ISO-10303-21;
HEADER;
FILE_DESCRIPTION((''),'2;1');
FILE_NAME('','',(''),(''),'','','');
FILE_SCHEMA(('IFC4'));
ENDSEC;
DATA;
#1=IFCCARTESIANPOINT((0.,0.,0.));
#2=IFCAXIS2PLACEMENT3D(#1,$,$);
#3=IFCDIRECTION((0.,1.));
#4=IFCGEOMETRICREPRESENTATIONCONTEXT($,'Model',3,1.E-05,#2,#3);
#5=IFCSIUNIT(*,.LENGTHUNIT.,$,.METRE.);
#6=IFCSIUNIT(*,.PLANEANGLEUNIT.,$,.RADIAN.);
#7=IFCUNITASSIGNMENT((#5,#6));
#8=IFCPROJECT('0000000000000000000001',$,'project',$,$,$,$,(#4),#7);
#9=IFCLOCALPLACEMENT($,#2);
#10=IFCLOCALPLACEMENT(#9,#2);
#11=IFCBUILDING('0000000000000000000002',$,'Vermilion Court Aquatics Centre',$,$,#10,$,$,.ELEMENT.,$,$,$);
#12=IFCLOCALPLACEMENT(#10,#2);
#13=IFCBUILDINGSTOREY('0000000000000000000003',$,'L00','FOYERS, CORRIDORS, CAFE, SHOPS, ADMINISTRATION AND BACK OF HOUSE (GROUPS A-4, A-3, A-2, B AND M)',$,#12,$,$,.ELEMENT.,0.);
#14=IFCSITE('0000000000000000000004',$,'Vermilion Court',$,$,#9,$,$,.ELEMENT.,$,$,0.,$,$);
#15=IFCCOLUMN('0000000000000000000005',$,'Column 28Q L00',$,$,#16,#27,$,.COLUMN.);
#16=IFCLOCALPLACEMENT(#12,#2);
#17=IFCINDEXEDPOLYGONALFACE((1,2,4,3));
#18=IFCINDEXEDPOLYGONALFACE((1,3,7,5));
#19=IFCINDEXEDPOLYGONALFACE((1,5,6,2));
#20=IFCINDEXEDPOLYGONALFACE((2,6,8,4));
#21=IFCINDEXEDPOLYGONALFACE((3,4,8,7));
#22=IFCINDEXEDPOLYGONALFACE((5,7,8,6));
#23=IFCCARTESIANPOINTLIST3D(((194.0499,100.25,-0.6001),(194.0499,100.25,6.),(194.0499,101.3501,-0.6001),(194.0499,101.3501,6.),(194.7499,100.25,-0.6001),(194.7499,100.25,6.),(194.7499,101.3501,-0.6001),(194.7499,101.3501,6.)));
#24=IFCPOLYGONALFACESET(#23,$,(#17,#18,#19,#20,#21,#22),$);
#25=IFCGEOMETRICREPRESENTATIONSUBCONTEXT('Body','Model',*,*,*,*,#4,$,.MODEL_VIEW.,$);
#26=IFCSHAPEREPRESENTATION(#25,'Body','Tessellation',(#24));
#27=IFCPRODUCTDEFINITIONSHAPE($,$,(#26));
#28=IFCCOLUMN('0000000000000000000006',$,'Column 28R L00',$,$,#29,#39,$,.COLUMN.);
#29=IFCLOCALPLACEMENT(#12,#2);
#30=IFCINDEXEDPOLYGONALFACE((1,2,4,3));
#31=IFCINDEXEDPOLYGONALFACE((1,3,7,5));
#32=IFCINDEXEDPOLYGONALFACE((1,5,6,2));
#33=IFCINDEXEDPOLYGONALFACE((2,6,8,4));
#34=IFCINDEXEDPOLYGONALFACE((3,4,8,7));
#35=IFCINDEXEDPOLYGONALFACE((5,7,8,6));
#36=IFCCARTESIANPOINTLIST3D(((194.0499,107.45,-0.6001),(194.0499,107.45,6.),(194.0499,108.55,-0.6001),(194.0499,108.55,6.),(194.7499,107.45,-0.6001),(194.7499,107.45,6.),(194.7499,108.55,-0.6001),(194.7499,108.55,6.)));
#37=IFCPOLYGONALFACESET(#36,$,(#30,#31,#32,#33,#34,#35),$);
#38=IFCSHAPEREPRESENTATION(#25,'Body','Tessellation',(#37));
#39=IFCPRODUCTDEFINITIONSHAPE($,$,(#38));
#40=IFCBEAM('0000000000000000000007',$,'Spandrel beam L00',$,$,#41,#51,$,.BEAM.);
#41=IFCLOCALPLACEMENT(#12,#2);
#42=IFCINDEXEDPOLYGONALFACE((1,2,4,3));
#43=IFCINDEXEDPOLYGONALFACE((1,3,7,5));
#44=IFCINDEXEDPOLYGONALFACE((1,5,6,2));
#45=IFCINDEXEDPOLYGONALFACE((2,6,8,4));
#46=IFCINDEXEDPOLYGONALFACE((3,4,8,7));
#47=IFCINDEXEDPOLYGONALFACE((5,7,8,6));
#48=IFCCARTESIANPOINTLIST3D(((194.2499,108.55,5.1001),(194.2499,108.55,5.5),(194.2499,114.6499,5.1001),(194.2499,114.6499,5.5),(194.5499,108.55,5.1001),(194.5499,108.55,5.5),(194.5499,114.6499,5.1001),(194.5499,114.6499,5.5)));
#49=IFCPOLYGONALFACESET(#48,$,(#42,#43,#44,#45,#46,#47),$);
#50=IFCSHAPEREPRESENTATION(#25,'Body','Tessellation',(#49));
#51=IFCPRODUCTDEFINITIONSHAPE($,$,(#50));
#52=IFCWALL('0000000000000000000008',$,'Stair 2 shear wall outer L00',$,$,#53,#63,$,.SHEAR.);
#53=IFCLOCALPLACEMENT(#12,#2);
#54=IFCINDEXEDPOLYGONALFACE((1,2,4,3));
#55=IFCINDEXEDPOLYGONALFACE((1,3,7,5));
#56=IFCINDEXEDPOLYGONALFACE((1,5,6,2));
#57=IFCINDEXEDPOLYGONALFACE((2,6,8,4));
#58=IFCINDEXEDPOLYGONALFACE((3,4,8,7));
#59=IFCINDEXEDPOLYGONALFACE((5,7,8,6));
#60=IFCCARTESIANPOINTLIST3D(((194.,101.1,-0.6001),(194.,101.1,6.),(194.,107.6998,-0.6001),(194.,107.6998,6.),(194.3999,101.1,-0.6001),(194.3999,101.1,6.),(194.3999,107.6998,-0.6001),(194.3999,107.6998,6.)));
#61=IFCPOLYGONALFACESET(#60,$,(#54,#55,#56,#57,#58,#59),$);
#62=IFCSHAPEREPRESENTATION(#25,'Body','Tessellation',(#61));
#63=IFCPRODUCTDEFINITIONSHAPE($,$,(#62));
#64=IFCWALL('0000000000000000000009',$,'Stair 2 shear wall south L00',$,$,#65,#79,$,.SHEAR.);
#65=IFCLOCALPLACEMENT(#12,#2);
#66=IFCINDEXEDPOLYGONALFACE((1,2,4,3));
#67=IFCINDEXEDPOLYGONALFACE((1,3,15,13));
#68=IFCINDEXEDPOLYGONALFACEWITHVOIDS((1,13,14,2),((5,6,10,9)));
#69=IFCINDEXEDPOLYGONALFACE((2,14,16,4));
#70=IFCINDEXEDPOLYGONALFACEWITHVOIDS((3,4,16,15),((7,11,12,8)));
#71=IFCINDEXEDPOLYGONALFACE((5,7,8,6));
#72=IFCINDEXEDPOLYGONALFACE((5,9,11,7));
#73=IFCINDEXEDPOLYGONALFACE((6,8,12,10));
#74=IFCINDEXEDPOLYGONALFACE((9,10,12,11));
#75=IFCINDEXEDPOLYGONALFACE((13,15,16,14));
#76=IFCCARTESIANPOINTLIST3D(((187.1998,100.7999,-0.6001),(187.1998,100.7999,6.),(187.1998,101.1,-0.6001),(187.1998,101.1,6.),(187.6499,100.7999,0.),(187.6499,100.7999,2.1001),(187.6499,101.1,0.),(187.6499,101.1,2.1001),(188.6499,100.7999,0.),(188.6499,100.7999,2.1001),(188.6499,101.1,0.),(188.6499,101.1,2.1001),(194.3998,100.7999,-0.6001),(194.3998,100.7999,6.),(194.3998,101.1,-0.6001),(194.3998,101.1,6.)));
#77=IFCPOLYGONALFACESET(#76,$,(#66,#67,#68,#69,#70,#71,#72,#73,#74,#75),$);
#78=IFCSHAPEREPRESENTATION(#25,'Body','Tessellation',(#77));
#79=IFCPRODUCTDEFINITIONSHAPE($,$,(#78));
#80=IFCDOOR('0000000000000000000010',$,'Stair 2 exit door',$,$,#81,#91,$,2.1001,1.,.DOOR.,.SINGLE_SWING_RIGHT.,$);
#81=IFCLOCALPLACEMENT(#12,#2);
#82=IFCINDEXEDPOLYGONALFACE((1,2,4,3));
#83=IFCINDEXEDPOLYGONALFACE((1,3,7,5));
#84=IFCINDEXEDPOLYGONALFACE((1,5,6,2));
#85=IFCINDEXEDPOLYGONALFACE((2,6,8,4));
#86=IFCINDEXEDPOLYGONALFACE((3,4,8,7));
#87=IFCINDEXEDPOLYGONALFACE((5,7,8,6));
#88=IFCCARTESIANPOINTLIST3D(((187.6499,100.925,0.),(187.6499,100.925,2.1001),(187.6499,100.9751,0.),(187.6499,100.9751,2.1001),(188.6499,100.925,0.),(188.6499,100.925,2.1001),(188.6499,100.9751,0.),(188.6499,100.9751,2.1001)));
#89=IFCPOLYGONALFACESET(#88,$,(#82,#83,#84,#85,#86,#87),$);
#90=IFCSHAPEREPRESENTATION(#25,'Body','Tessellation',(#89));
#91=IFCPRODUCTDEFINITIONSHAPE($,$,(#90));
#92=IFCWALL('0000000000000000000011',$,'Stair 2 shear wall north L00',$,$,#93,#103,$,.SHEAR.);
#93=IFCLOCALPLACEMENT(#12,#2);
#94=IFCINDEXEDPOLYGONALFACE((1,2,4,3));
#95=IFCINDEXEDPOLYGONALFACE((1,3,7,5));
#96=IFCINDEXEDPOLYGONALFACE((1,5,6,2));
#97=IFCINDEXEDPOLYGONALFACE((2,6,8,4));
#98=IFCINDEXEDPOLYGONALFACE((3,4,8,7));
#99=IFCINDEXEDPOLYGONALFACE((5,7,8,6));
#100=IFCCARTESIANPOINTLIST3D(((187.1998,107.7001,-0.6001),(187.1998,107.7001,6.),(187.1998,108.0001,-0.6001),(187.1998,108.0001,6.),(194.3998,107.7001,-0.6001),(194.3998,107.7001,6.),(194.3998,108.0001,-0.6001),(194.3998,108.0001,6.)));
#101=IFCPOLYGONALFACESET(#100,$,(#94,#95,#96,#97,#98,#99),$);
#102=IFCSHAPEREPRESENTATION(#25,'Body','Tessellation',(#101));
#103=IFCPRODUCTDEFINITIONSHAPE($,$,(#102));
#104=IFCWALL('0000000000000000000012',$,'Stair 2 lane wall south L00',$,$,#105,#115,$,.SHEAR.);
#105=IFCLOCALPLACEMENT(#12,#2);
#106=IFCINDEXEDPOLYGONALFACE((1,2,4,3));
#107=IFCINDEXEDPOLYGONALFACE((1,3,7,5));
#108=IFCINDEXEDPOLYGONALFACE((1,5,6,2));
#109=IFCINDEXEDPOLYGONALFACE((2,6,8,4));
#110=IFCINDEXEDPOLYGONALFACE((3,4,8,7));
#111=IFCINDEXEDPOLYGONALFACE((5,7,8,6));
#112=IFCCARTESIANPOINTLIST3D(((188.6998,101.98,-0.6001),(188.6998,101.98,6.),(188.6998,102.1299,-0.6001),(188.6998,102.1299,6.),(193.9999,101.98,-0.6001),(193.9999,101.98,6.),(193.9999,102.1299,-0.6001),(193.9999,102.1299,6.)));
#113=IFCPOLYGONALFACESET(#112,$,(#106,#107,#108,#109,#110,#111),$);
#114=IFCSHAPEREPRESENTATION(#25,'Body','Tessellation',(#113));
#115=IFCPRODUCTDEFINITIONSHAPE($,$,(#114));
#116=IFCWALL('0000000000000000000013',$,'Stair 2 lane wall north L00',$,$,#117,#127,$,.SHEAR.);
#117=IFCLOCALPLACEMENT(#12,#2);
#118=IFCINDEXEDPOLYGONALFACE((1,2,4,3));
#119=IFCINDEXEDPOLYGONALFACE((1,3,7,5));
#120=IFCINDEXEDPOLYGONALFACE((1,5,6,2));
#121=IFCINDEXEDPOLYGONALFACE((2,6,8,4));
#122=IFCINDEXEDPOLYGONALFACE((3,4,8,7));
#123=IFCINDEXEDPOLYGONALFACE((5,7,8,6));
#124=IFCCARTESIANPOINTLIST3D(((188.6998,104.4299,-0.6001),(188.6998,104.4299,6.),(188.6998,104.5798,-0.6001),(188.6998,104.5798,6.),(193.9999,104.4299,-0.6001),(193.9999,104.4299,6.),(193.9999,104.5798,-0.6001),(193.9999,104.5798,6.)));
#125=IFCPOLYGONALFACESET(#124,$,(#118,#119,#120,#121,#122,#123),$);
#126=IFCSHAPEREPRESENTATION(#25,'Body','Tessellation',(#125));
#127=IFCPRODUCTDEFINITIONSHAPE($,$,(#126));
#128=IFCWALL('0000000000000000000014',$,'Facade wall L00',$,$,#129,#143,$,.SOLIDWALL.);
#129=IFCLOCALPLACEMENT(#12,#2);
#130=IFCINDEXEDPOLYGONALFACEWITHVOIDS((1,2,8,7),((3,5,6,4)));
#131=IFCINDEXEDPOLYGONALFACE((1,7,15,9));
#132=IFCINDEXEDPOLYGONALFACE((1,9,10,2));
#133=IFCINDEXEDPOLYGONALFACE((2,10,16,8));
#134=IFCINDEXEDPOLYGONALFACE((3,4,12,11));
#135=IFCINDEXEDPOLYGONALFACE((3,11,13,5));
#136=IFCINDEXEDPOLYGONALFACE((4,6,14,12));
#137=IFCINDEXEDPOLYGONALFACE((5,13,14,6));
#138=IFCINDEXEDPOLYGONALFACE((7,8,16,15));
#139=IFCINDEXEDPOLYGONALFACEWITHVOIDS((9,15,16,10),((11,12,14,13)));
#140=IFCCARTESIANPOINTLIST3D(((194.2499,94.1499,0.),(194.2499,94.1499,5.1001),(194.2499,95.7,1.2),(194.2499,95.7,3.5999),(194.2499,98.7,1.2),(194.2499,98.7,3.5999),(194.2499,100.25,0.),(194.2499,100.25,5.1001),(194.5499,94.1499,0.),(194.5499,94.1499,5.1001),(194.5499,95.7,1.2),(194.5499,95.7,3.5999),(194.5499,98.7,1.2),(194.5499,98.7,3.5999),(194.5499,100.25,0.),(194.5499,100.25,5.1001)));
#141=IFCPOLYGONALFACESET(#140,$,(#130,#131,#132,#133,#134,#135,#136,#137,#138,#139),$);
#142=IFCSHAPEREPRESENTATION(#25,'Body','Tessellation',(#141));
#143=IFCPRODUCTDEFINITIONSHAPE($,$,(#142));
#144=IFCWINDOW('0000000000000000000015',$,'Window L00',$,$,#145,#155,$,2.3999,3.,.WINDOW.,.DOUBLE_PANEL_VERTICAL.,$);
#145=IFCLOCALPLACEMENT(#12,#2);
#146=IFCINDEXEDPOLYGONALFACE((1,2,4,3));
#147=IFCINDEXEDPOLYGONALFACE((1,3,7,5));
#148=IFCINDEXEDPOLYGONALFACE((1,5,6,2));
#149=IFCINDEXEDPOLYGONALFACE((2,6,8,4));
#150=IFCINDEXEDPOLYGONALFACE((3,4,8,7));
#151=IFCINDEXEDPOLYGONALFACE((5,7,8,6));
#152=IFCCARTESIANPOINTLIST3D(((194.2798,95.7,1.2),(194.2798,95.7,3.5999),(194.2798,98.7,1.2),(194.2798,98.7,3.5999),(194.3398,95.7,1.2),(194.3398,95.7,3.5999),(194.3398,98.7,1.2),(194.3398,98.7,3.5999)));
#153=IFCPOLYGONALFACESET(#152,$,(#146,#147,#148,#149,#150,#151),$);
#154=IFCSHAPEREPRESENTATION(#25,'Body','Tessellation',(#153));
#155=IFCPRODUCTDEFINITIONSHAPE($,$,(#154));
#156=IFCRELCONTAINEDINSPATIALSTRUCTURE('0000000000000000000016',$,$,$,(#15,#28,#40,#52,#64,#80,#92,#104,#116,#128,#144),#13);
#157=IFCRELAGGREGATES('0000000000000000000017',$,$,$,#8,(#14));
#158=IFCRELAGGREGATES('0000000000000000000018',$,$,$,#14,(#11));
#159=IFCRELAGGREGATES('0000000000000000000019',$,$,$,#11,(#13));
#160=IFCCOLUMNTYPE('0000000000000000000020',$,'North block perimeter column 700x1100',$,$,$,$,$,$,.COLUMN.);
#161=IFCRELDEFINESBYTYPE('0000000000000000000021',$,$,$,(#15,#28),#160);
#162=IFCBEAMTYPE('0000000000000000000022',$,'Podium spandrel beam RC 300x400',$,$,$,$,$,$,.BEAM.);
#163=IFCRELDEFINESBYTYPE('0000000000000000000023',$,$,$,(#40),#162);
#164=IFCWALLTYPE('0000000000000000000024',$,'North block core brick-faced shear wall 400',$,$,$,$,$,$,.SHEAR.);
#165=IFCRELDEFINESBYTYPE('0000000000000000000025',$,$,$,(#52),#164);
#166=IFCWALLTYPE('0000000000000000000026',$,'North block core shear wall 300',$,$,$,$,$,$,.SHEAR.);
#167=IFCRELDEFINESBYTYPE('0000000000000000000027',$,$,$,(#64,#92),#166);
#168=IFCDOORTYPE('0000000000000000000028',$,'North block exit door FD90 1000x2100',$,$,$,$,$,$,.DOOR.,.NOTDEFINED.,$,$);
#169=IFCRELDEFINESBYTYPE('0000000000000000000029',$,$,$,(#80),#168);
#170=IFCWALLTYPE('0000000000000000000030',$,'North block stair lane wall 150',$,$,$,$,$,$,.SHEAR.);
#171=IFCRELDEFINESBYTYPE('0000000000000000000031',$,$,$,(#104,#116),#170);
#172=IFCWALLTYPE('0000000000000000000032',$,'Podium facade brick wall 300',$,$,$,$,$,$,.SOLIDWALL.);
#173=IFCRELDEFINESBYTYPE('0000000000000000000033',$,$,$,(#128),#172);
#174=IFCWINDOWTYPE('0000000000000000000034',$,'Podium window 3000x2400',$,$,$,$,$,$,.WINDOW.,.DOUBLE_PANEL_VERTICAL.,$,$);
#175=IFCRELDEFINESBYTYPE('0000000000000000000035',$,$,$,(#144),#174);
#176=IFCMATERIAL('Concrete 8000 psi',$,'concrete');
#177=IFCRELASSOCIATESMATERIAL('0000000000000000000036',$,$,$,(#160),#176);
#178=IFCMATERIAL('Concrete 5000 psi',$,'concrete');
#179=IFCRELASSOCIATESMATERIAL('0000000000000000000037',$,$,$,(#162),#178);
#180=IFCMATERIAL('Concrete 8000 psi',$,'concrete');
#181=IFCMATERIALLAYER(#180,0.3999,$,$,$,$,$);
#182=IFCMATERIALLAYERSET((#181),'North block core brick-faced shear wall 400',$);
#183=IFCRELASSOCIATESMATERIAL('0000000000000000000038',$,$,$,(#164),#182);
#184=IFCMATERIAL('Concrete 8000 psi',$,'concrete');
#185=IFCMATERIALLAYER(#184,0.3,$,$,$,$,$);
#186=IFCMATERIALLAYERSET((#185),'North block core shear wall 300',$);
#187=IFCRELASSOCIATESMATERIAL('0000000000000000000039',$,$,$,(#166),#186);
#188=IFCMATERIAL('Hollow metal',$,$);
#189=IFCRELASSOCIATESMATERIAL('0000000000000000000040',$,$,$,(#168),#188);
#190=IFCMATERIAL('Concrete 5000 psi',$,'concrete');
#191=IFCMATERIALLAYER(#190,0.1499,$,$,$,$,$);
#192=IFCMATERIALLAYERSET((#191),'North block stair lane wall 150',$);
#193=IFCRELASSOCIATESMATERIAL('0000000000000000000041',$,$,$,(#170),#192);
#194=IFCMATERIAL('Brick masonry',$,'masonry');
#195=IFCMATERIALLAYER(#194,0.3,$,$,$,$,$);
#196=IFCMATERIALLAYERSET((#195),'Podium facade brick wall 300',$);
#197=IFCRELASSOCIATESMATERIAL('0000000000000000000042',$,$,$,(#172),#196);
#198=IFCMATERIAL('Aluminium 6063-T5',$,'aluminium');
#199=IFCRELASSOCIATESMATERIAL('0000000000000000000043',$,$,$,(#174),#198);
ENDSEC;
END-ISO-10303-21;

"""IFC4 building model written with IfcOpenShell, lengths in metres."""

from ifc_helpers import new_model, si_unit, direction, frame, frame_2d, origin, origin_2d, place, context, subcontext, project, spatial, rectangle, extrude, material, layer, layer_set, material_profile, profile_set, type_object, element, fill, save


model = new_model("IFC4")

# Units and contexts
model_context = context("Model", 3, precision=1e-05, world=origin(), true_north=direction((0.0, 1.0)))
body_context = subcontext(model_context, "Body", "Model", "MODEL_VIEW")
ifc_project = project(units=[si_unit("LENGTHUNIT", "METRE"), si_unit("PLANEANGLEUNIT", "RADIAN")], contexts=[model_context])

# Site, building, storey
site_placement = place(None, origin())
site = spatial("IfcSite", under=ifc_project, at=site_placement, Name="Vermilion Court", CompositionType="ELEMENT", RefElevation=0.0)
building_placement = place(site_placement, origin())
building = spatial("IfcBuilding", under=site, at=building_placement, Name="Vermilion Court Aquatics Centre", CompositionType="ELEMENT")
storey_placement = place(building_placement, origin())
storey = spatial("IfcBuildingStorey", under=building, at=storey_placement, Name="L00", Description="FOYERS, CORRIDORS, CAFE, SHOPS, ADMINISTRATION AND BACK OF HOUSE (GROUPS A-4, A-3, A-2, B AND M)", CompositionType="ELEMENT", Elevation=0.0)

# Columns
ifc_material_1 = material(Name="Concrete 8000 psi", Category="concrete")
ifc_material_profile_1 = material_profile(ifc_material_1, rectangle(XDim=0.7, YDim=1.1001, at=origin_2d()), Name="RC 700x1100")
ifc_profile_set_1 = profile_set([ifc_material_profile_1], Name="Concrete 8000 psi")
column_type = type_object("IfcColumnType", Name="North block perimeter column 700x1100", PredefinedType="COLUMN", material=ifc_profile_set_1)
for number, where, z_axis, x_axis, name in (
    (1, (194.3999, 100.8, -0.6001), (0.0, 0.0, 1.0), (1.0, 0.0, 0.0), "Column 28Q L00"),
    (2, (194.3999, 108.0, -0.6001), (0.0, 0.0, 1.0), (1.0, 0.0, 0.0), "Column 28R L00"),
):
    element("IfcColumn", number, at=place(storey_placement, frame(where, z_axis=z_axis, x_axis=x_axis)), inside=storey, type_object=column_type, Name=name, PredefinedType="COLUMN", context=body_context, shape_type="SweptSolid", body=[
        extrude(rectangle(XDim=0.7, YDim=1.1001, at=origin_2d()), origin(), (0.0, 0.0, 1.0), 6.6001),
    ])

# Beam
ifc_material_2 = material(Name="Concrete 5000 psi", Category="concrete")
ifc_material_profile_2 = material_profile(ifc_material_2, rectangle(XDim=0.3, YDim=0.3999, at=origin_2d()), Name="RC 300x400")
ifc_profile_set_2 = profile_set([ifc_material_profile_2], Name="Concrete 5000 psi")
beam_type = type_object("IfcBeamType", Name="Podium spandrel beam RC 300x400", PredefinedType="BEAM", material=ifc_profile_set_2)
beam_placement = place(storey_placement, frame((194.3999, 108.55, 5.3), z_axis=(0.0, 1.0, 0.0), x_axis=(-1.0, 0.0, 0.0)))
element("IfcBeam", 3, at=beam_placement, inside=storey, type_object=beam_type, Name="Spandrel beam L00", PredefinedType="BEAM", context=body_context, shape_type="SweptSolid", body=[
    extrude(rectangle(XDim=0.3, YDim=0.3999, at=origin_2d()), origin(), (0.0, 0.0, 1.0), 6.0999),
])

# Wall
ifc_material_3 = material(Name="Concrete 8000 psi", Category="concrete")
ifc_layer_1 = layer(ifc_material_3, 0.3999)
ifc_layer_set_1 = layer_set([ifc_layer_1], Name="North block core brick-faced shear wall 400")
wall_type_1 = type_object("IfcWallType", Name="North block core brick-faced shear wall 400", PredefinedType="SHEAR", material=ifc_layer_set_1)
wall_1_placement = place(storey_placement, frame((194.2, 101.1001, -0.6001), z_axis=(0.0, 0.0, 1.0), x_axis=(0.0, 1.0, 0.0)))
element("IfcWall", 4, at=wall_1_placement, inside=storey, type_object=wall_type_1, Name="Stair 2 shear wall outer L00", PredefinedType="SHEAR", context=body_context, shape_type="SweptSolid", body=[
    extrude(rectangle(XDim=6.5999, YDim=0.3999, at=frame_2d((3.2998, 0.0))), origin(), (0.0, 0.0, 1.0), 6.6001),
])

# Wall, opening, door
ifc_material_4 = material(Name="Concrete 8000 psi", Category="concrete")
ifc_layer_2 = layer(ifc_material_4, 0.3)
ifc_layer_set_2 = layer_set([ifc_layer_2], Name="North block core shear wall 300")
wall_type_2 = type_object("IfcWallType", Name="North block core shear wall 300", PredefinedType="SHEAR", material=ifc_layer_set_2)
wall_2_placement = place(storey_placement, frame((194.3999, 100.95, -0.6001), z_axis=(0.0, 0.0, 1.0), x_axis=(-1.0, 0.0, 0.0)))
wall_2 = element("IfcWall", 5, at=wall_2_placement, inside=storey, type_object=wall_type_2, Name="Stair 2 shear wall south L00", PredefinedType="SHEAR", context=body_context, shape_type="SweptSolid", body=[
    extrude(rectangle(XDim=7.2, YDim=0.3, at=frame_2d((3.6001, 0.0))), origin(), (0.0, 0.0, 1.0), 6.6001),
])
opening_1_placement = place(wall_2_placement, frame((5.75, 0.0, 0.6001)))
opening_1 = element("IfcOpeningElement", 6, at=opening_1_placement, cuts=wall_2, PredefinedType="OPENING", context=body_context, shape_type="SweptSolid", body=[
    extrude(rectangle(XDim=1.0, YDim=2.1001, at=frame_2d((0.5, 1.05))), frame((0.0, 0.1599, 0.0), z_axis=(0.0, -1.0, 0.0), x_axis=(1.0, 0.0, 0.0)), (0.0, 0.0, 1.0), 0.3201),
])
ifc_material_5 = material(Name="Hollow metal")
door_type = type_object("IfcDoorType", Name="North block exit door FD90 1000x2100", OperationType="NOTDEFINED", PredefinedType="DOOR", material=ifc_material_5)
door_placement = place(opening_1_placement, origin())
door = element("IfcDoor", 7, at=door_placement, inside=storey, type_object=door_type, Name="Stair 2 exit door", OperationType="SINGLE_SWING_RIGHT", OverallHeight=2.1001, OverallWidth=1.0, PredefinedType="DOOR", context=body_context, shape_type="SweptSolid", body=[
    extrude(rectangle(XDim=1.0, YDim=2.1001, at=frame_2d((0.5, 1.05))), frame((0.0, 0.0249, 0.0), z_axis=(0.0, -1.0, 0.0), x_axis=(1.0, 0.0, 0.0)), (0.0, 0.0, 1.0), 0.05),
])
fill(opening_1, door)

# Walls
wall_3_placement = place(storey_placement, frame((194.3999, 107.8501, -0.6001), z_axis=(0.0, 0.0, 1.0), x_axis=(-1.0, 0.0, 0.0)))
element("IfcWall", 8, at=wall_3_placement, inside=storey, type_object=wall_type_2, Name="Stair 2 shear wall north L00", PredefinedType="SHEAR", context=body_context, shape_type="SweptSolid", body=[
    extrude(rectangle(XDim=7.2, YDim=0.3, at=frame_2d((3.6001, 0.0))), origin(), (0.0, 0.0, 1.0), 6.6001),
])
ifc_material_6 = material(Name="Concrete 5000 psi", Category="concrete")
ifc_layer_3 = layer(ifc_material_6, 0.1499)
ifc_layer_set_3 = layer_set([ifc_layer_3], Name="North block stair lane wall 150")
wall_type_3 = type_object("IfcWallType", Name="North block stair lane wall 150", PredefinedType="SHEAR", material=ifc_layer_set_3)
for number, where, z_axis, x_axis, name in (
    (9, (188.7, 102.0549, -0.6001), (0.0, 0.0, 1.0), (1.0, 0.0, 0.0), "Stair 2 lane wall south L00"),
    (10, (188.7, 104.5049, -0.6001), (0.0, 0.0, 1.0), (1.0, 0.0, 0.0), "Stair 2 lane wall north L00"),
):
    element("IfcWall", number, at=place(storey_placement, frame(where, z_axis=z_axis, x_axis=x_axis)), inside=storey, type_object=wall_type_3, Name=name, PredefinedType="SHEAR", context=body_context, shape_type="SweptSolid", body=[
        extrude(rectangle(XDim=5.3, YDim=0.1499, at=frame_2d((2.6499, 0.0))), origin(), (0.0, 0.0, 1.0), 6.6001),
    ])

# Wall, opening, window
ifc_material_7 = material(Name="Brick masonry", Category="masonry")
ifc_layer_4 = layer(ifc_material_7, 0.3)
ifc_layer_set_4 = layer_set([ifc_layer_4], Name="Podium facade brick wall 300")
wall_type_4 = type_object("IfcWallType", Name="Podium facade brick wall 300", PredefinedType="SOLIDWALL", material=ifc_layer_set_4)
wall_4_placement = place(storey_placement, frame((194.3999, 94.1499, 0.0), z_axis=(0.0, 0.0, 1.0), x_axis=(0.0, 1.0, 0.0)))
wall_4 = element("IfcWall", 11, at=wall_4_placement, inside=storey, type_object=wall_type_4, Name="Facade wall L00", PredefinedType="SOLIDWALL", context=body_context, shape_type="SweptSolid", body=[
    extrude(rectangle(XDim=6.1001, YDim=0.3, at=frame_2d((3.05, 0.0))), origin(), (0.0, 0.0, 1.0), 5.1001),
])
opening_2_placement = place(wall_4_placement, frame((1.55, 0.0, 1.2)))
opening_2 = element("IfcOpeningElement", 12, at=opening_2_placement, cuts=wall_4, PredefinedType="OPENING", context=body_context, shape_type="SweptSolid", body=[
    extrude(rectangle(XDim=3.0, YDim=2.3999, at=frame_2d((1.5, 1.2))), frame((0.0, 0.1599, 0.0), z_axis=(0.0, -1.0, 0.0), x_axis=(1.0, 0.0, 0.0)), (0.0, 0.0, 1.0), 0.3201),
])
ifc_material_8 = material(Name="Aluminium 6063-T5", Category="aluminium")
window_type = type_object("IfcWindowType", Name="Podium window 3000x2400", PartitioningType="DOUBLE_PANEL_VERTICAL", PredefinedType="WINDOW", material=ifc_material_8)
window_1_placement = place(opening_2_placement, origin())
window_1 = element("IfcWindow", 13, at=window_1_placement, inside=storey, type_object=window_type, Name="Window L00", OverallHeight=2.3999, OverallWidth=3.0, PartitioningType="DOUBLE_PANEL_VERTICAL", PredefinedType="WINDOW", context=body_context, shape_type="SweptSolid", body=[
    extrude(rectangle(XDim=3.0, YDim=2.3999, at=frame_2d((1.5, 1.2))), frame((0.0, 0.1201, 0.0), z_axis=(0.0, -1.0, 0.0), x_axis=(1.0, 0.0, 0.0)), (0.0, 0.0, 1.0), 0.0601),
])
fill(opening_2, window_1)

save(model, "model.ifc")
